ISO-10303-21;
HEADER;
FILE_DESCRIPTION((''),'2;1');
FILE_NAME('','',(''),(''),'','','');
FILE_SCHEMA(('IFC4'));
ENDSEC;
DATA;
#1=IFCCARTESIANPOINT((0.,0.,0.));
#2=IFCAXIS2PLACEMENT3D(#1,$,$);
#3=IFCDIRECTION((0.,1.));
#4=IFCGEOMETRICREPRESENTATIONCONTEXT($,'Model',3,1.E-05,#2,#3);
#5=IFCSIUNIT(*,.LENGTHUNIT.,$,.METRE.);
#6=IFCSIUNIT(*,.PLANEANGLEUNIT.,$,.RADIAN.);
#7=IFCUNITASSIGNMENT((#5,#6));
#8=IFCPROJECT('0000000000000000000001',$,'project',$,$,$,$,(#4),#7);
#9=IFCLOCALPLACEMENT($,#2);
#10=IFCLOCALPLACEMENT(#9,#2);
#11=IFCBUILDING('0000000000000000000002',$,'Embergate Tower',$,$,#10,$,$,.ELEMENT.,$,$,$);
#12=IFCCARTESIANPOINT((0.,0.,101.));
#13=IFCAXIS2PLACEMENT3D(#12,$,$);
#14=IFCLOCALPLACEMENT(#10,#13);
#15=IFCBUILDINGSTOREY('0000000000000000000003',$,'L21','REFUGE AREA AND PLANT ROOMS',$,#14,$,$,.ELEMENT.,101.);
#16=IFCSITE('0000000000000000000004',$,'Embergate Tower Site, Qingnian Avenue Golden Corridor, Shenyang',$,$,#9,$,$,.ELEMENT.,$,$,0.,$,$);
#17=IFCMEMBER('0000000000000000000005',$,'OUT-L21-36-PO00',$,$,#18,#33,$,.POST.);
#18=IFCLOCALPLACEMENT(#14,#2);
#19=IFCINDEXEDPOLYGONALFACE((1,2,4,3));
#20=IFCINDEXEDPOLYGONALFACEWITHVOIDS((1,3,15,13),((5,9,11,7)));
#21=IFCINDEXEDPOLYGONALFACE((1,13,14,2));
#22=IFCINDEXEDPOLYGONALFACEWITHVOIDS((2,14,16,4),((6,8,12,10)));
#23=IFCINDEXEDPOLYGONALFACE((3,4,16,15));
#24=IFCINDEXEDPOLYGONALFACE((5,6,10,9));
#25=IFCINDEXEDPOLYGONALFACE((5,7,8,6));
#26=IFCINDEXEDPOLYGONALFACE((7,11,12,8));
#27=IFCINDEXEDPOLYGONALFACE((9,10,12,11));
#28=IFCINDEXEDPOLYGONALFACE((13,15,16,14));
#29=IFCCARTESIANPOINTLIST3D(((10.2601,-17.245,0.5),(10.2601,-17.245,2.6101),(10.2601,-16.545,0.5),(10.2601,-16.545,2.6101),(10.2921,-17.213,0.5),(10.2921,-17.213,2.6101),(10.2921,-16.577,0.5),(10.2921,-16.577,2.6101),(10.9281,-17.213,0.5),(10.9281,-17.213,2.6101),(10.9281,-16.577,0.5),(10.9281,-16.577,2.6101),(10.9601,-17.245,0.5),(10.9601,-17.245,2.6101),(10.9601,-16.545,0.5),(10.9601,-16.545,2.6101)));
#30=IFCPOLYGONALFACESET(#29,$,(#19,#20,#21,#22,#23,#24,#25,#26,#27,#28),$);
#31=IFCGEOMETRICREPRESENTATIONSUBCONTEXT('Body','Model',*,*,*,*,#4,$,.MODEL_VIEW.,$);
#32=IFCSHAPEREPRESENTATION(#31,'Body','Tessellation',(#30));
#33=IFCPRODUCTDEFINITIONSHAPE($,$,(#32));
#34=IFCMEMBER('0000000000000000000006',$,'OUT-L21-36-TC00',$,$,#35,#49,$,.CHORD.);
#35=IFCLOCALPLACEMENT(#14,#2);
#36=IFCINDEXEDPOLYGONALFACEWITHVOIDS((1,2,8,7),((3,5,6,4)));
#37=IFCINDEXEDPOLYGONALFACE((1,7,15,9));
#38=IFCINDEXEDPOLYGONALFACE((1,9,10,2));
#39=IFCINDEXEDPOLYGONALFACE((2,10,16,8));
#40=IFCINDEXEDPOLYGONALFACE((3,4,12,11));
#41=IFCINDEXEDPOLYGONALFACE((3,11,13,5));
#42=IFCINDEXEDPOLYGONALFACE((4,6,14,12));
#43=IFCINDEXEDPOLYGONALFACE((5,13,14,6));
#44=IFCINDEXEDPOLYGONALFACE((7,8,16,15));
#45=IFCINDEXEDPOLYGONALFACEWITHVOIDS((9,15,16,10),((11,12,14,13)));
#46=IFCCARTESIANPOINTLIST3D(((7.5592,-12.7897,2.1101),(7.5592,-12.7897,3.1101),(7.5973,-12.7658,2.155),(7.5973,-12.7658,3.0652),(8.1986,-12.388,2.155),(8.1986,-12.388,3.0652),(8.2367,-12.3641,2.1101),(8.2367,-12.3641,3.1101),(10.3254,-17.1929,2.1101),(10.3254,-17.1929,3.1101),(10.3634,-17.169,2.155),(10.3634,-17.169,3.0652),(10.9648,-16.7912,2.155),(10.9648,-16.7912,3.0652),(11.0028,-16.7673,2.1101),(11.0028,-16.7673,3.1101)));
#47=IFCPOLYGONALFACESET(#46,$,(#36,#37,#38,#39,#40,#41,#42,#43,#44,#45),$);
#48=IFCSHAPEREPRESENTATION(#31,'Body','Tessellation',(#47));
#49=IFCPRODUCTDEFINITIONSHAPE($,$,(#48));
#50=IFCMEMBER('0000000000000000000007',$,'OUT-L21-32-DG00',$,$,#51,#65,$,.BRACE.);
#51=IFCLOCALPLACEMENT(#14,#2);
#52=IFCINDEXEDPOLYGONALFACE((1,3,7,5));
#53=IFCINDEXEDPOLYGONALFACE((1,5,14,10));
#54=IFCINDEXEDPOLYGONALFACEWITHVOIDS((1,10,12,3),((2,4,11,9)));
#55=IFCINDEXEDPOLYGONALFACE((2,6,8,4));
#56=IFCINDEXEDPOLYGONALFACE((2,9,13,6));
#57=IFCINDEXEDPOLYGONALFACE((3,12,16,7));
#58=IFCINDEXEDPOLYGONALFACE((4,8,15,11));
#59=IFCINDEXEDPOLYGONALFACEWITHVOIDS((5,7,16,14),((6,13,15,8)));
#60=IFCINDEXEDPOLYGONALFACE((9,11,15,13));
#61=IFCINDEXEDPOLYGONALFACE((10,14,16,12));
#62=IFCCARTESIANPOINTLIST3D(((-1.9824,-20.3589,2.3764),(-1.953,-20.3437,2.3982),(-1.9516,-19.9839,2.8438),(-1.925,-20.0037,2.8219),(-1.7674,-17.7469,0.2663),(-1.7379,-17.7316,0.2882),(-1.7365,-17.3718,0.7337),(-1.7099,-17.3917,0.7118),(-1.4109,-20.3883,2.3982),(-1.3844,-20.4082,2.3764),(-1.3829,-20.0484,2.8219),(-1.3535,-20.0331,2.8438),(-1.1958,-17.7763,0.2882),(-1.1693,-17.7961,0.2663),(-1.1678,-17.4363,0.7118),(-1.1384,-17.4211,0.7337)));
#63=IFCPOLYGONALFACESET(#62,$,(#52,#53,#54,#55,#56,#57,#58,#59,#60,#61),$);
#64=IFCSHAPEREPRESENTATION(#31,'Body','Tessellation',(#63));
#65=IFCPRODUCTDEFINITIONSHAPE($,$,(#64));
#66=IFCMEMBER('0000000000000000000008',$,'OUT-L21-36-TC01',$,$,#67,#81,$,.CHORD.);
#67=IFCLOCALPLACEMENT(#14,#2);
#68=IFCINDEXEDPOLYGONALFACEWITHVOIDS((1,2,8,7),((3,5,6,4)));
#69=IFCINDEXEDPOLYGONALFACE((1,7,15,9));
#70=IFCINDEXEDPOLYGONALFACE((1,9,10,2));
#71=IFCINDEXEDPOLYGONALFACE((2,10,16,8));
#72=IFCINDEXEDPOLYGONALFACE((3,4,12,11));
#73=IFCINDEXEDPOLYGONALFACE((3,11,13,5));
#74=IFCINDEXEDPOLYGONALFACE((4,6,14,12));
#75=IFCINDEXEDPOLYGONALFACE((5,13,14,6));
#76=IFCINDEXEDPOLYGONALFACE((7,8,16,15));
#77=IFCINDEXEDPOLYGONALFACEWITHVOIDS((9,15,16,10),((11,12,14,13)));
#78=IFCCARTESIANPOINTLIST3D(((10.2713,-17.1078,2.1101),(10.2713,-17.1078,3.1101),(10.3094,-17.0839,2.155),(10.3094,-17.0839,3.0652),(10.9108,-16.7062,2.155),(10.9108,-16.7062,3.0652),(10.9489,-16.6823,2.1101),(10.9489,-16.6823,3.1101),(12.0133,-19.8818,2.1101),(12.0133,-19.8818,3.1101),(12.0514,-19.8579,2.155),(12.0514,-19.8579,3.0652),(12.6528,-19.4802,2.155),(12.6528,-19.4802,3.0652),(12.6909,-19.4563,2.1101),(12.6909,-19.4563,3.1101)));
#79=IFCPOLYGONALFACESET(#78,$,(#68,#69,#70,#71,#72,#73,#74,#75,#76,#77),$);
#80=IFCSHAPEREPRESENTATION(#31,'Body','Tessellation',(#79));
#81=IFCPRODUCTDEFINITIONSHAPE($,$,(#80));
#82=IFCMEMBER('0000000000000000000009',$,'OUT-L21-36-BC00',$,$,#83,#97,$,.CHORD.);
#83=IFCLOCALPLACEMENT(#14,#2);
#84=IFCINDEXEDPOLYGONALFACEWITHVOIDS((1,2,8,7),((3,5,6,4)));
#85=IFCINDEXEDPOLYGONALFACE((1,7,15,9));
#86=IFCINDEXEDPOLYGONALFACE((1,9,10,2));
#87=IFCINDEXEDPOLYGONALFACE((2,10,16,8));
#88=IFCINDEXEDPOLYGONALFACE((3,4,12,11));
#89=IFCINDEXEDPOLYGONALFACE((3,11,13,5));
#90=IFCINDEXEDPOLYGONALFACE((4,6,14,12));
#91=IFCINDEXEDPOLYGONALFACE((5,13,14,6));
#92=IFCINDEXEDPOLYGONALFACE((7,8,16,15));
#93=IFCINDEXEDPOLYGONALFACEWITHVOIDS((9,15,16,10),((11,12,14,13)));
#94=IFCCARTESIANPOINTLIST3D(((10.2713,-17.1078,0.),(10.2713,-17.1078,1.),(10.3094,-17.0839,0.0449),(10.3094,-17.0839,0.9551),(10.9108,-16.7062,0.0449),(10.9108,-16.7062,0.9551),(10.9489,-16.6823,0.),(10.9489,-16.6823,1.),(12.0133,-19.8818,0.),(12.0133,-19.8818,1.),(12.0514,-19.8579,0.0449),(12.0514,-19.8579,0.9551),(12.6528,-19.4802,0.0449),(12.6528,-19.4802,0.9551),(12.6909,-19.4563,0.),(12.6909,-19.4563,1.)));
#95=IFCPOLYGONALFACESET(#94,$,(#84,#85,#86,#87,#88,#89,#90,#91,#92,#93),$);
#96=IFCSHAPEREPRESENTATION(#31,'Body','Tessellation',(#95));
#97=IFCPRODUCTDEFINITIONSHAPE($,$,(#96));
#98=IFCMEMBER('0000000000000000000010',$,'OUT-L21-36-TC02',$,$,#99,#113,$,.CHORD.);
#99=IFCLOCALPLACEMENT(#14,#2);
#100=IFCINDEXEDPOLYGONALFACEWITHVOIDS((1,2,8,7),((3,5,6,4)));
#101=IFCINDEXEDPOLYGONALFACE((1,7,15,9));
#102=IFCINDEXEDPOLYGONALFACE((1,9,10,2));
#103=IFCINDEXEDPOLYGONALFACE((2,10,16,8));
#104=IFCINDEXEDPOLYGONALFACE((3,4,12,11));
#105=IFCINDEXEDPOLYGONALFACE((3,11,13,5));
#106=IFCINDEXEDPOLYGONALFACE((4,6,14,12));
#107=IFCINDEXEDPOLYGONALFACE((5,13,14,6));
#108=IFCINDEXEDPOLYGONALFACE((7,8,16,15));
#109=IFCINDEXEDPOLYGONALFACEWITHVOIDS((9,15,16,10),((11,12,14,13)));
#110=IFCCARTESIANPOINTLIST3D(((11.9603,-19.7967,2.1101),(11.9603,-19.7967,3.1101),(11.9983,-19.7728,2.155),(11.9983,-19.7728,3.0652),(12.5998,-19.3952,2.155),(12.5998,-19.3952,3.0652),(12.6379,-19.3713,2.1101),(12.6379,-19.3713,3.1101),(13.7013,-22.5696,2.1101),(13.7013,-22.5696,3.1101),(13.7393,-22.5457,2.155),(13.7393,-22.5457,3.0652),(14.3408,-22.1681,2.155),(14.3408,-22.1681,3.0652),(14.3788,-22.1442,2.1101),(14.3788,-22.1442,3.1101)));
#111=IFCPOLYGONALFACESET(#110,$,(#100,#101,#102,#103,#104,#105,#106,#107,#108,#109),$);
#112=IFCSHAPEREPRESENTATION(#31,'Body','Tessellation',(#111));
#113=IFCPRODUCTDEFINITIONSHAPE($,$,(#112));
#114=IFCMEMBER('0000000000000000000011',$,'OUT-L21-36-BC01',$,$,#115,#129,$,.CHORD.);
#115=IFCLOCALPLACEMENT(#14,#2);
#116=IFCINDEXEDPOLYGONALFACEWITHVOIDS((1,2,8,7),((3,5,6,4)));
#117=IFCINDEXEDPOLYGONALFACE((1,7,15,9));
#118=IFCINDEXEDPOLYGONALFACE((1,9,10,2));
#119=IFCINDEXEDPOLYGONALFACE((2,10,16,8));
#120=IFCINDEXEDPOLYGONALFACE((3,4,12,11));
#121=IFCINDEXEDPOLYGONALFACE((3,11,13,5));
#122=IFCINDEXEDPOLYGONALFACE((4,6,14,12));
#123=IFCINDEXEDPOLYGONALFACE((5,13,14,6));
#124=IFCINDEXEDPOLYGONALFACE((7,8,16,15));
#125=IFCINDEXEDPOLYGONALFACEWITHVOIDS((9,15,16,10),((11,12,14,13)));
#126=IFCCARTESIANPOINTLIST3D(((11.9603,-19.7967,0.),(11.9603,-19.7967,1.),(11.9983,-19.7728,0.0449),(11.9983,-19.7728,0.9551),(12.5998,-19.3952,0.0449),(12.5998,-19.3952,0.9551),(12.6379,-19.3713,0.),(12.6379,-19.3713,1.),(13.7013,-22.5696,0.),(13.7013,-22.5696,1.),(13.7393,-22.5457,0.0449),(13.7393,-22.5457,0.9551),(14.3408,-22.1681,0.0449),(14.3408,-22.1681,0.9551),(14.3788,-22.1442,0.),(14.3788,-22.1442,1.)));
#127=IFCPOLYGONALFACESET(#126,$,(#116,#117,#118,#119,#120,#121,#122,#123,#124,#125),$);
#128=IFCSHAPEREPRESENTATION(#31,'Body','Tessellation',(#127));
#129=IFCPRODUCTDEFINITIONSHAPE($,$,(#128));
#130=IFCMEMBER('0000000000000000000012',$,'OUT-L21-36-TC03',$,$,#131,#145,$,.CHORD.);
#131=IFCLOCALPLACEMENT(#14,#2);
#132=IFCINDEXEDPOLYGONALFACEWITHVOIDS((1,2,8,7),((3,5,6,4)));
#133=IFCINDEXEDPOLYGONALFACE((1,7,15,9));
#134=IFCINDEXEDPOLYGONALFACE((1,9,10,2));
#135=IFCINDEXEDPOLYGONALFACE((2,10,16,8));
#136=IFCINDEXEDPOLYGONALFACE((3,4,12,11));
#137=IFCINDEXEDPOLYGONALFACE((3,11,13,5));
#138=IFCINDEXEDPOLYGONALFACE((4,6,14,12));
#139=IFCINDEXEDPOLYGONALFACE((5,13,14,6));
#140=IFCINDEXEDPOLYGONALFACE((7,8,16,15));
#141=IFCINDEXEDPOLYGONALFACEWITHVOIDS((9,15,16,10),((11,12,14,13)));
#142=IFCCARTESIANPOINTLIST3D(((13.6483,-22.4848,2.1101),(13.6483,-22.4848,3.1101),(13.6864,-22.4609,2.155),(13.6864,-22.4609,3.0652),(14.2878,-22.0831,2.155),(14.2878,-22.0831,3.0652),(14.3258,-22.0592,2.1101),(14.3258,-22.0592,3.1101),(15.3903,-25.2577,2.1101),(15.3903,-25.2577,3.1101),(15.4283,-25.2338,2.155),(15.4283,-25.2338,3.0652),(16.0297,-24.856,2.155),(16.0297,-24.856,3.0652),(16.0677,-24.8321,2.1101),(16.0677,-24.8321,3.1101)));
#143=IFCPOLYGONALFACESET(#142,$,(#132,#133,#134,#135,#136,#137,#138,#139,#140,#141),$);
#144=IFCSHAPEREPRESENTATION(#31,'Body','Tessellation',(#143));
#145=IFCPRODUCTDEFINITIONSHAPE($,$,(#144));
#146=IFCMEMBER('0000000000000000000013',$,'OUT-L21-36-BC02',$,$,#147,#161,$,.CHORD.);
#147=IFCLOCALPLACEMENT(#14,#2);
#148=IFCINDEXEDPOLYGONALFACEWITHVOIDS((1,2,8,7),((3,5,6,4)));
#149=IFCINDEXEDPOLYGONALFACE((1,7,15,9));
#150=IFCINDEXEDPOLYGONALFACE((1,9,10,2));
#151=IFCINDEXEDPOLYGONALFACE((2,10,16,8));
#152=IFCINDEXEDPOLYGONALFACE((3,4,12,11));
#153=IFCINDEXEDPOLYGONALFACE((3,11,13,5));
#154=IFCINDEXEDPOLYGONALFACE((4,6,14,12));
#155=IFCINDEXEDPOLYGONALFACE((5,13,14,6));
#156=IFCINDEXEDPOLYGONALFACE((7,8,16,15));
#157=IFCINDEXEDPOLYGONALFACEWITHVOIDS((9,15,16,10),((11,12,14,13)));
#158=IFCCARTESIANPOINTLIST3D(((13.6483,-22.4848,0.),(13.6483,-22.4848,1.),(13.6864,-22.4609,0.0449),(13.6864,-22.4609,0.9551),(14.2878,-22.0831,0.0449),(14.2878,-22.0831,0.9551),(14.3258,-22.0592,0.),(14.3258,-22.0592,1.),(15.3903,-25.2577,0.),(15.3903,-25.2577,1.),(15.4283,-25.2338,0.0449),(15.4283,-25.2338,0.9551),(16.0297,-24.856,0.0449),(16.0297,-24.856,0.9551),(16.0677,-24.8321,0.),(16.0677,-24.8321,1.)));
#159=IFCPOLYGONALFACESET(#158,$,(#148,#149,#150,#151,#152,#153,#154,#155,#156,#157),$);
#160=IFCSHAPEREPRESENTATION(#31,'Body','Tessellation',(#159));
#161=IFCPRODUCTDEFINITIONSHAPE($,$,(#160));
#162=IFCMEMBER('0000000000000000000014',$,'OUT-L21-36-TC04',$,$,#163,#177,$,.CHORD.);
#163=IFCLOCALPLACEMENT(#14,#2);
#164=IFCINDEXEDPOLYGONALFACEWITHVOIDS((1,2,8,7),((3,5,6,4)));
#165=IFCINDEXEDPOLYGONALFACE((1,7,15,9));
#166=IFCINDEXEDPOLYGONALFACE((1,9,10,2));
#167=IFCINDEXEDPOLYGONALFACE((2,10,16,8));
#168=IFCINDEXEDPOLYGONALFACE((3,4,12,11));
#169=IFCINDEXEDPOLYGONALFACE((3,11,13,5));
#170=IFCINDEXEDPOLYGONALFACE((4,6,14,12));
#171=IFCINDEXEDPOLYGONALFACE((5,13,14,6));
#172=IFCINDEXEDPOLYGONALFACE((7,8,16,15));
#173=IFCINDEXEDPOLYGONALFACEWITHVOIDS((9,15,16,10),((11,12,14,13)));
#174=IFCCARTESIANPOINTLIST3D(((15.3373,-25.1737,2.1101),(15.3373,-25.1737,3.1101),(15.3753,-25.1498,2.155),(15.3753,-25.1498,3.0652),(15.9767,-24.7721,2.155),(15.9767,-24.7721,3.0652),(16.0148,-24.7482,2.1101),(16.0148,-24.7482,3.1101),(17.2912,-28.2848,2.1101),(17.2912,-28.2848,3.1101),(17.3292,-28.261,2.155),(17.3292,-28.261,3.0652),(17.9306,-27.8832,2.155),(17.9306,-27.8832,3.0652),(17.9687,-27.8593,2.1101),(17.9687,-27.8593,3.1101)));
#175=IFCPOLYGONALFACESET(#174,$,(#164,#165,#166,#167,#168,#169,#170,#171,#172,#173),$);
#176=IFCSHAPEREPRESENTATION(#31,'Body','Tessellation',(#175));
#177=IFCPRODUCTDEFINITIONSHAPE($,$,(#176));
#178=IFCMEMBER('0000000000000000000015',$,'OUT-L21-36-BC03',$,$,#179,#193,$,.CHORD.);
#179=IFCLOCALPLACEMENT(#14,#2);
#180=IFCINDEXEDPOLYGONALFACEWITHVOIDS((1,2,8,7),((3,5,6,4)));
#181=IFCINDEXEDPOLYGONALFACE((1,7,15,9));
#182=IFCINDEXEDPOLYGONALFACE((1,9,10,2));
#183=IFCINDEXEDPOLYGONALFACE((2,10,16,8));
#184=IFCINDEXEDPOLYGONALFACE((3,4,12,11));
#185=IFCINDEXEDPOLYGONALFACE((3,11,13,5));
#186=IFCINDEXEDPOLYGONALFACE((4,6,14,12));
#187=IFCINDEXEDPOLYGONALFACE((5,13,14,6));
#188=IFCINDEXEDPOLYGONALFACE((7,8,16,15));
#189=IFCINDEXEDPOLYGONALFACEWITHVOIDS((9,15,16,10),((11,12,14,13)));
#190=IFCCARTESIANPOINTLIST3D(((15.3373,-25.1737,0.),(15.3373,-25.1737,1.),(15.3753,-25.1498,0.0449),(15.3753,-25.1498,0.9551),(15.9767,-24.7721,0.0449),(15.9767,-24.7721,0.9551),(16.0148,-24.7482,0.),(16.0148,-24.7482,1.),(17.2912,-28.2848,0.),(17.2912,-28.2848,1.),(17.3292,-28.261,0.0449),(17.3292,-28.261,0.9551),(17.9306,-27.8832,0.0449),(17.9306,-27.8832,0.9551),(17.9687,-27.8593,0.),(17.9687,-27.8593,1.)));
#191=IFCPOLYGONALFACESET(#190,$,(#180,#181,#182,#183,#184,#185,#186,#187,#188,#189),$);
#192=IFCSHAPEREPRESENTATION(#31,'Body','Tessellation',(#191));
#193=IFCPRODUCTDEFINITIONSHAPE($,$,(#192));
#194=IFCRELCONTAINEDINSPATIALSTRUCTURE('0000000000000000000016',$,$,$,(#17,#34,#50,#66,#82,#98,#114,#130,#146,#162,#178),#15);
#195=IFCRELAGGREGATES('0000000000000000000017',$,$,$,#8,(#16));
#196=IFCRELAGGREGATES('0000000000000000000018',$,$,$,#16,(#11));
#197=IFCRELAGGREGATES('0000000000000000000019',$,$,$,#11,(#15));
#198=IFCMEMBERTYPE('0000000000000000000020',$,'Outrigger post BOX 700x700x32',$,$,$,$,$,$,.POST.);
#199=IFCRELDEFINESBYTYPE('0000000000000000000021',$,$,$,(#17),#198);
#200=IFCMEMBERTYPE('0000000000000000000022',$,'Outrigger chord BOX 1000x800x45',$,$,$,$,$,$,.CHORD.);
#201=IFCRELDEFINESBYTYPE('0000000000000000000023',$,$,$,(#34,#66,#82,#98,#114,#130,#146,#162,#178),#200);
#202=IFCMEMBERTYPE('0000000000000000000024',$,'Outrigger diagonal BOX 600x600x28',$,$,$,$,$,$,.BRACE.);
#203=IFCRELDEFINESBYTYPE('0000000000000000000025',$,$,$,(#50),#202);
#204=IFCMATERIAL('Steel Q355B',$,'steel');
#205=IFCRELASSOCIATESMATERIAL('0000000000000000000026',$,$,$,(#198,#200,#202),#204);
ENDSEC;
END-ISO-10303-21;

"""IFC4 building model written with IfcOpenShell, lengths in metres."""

from ifc_helpers import new_model, si_unit, direction, frame, origin, origin_2d, place, context, subcontext, project, spatial, hollow_rectangle, extrude, source, transform, mapped, material, material_profile, profile_set, type_object, element, save


model = new_model("IFC4")

# Units and contexts
model_context = context("Model", 3, precision=1e-05, world=origin(), true_north=direction((0.0, 1.0)))
body_context = subcontext(model_context, "Body", "Model", "MODEL_VIEW")
ifc_project = project(units=[si_unit("LENGTHUNIT", "METRE"), si_unit("PLANEANGLEUNIT", "RADIAN")], contexts=[model_context])

# Site, building, storey
site_placement = place(None, origin())
site = spatial("IfcSite", under=ifc_project, at=site_placement, Name="Embergate Tower Site, Qingnian Avenue Golden Corridor, Shenyang", CompositionType="ELEMENT", RefElevation=0.0)
building_placement = place(site_placement, origin())
building = spatial("IfcBuilding", under=site, at=building_placement, Name="Embergate Tower", CompositionType="ELEMENT")
storey_placement = place(building_placement, frame((0.0, 0.0, 101.0)))
storey = spatial("IfcBuildingStorey", under=building, at=storey_placement, Name="L21", Description="REFUGE AREA AND PLANT ROOMS", CompositionType="ELEMENT", Elevation=101.0)

# Members
ifc_material_1 = material(Name="Steel Q355B", Category="steel")
ifc_material_profile_1 = material_profile(ifc_material_1, hollow_rectangle(XDim=0.7, YDim=0.7, WallThickness=0.032, at=origin_2d()), Name="BOX 700x700x32")
ifc_profile_set_1 = profile_set([ifc_material_profile_1], Name="Steel Q355 grade B")
member_type_1 = type_object("IfcMemberType", Name="Outrigger post BOX 700x700x32", PredefinedType="POST", material=ifc_profile_set_1)
shared_shape_1 = source(origin(), body_context, "Body", "SweptSolid", [
    extrude(hollow_rectangle(XDim=0.7, YDim=0.7, WallThickness=0.032, at=origin_2d()), origin(), (0.0, 0.0, 1.0), 2.1101),
])
member_1_placement = place(storey_placement, frame((10.6101, -16.895, 0.5), z_axis=(0.0, 0.0, 1.0), x_axis=(1.0, 0.0, 0.0)))
element("IfcMember", 1, at=member_1_placement, inside=storey, type_object=member_type_1, Name="OUT-L21-36-PO00", PredefinedType="POST", context=body_context, shape_type="MappedRepresentation", body=[
    mapped(shared_shape_1, transform((0.0, 0.0, 0.0))),
])
ifc_material_profile_2 = material_profile(ifc_material_1, hollow_rectangle(XDim=0.8, YDim=1.0, WallThickness=0.0449, at=origin_2d()), Name="BOX 1000x800x45")
ifc_profile_set_2 = profile_set([ifc_material_profile_2], Name="Steel Q355 grade B")
member_type_2 = type_object("IfcMemberType", Name="Outrigger chord BOX 1000x800x45", PredefinedType="CHORD", material=ifc_profile_set_2)
shared_shape_2 = source(origin(), body_context, "Body", "SweptSolid", [
    extrude(hollow_rectangle(XDim=0.8, YDim=1.0, WallThickness=0.0449, at=origin_2d()), origin(), (0.0, 0.0, 1.0), 5.2),
])
member_2_placement = place(storey_placement, frame((7.8979, -12.5769, 2.6101), z_axis=(0.53196, -0.846769, 0.0), x_axis=(0.846769, 0.53196, 0.0)))
element("IfcMember", 2, at=member_2_placement, inside=storey, type_object=member_type_2, Name="OUT-L21-36-TC00", PredefinedType="CHORD", context=body_context, shape_type="MappedRepresentation", body=[
    mapped(shared_shape_2, transform((0.0, 0.0, 0.0))),
])
ifc_material_profile_3 = material_profile(ifc_material_1, hollow_rectangle(XDim=0.6001, YDim=0.6001, WallThickness=0.0281, at=origin_2d()), Name="BOX 600x600x28")
ifc_profile_set_3 = profile_set([ifc_material_profile_3], Name="Steel Q355 grade B")
member_type_3 = type_object("IfcMemberType", Name="Outrigger diagonal BOX 600x600x28", PredefinedType="BRACE", material=ifc_profile_set_3)
shared_shape_3 = source(origin(), body_context, "Body", "SweptSolid", [
    extrude(hollow_rectangle(XDim=0.6001, YDim=0.6001, WallThickness=0.0281, at=origin_2d()), origin(), (0.0, 0.0, 1.0), 3.3647),
])
member_3_placement = place(storey_placement, frame((-1.4529, -17.584, 0.5), z_axis=(-0.063924, -0.776297, 0.627118), x_axis=(0.996627, -0.082066, 0.0)))
element("IfcMember", 3, at=member_3_placement, inside=storey, type_object=member_type_3, Name="OUT-L21-32-DG00", PredefinedType="BRACE", context=body_context, shape_type="MappedRepresentation", body=[
    mapped(shared_shape_3, transform((0.0, 0.0, 0.0))),
])
shared_shape_4 = source(origin(), body_context, "Body", "SweptSolid", [
    extrude(hollow_rectangle(XDim=0.8, YDim=1.0, WallThickness=0.0449, at=origin_2d()), origin(), (0.0, 0.0, 1.0), 3.2756),
])
for number, where, z_axis, x_axis, name in (
    (4, (10.6101, -16.895, 2.6101), (0.531807, -0.846866, 0.0), (0.846866, 0.531807, 0.0), "OUT-L21-36-TC01"),
    (5, (10.6101, -16.895, 0.5), (0.531807, -0.846866, 0.0), (0.846866, 0.531807, 0.0), "OUT-L21-36-BC00"),
):
    element("IfcMember", number, at=place(storey_placement, frame(where, z_axis=z_axis, x_axis=x_axis)), inside=storey, type_object=member_type_2, Name=name, PredefinedType="CHORD", context=body_context, shape_type="MappedRepresentation", body=[
        mapped(shared_shape_4, transform((0.0, 0.0, 0.0))),
    ])
shared_shape_5 = source(origin(), body_context, "Body", "SweptSolid", [
    extrude(hollow_rectangle(XDim=0.8, YDim=1.0, WallThickness=0.0449, at=origin_2d()), origin(), (0.0, 0.0, 1.0), 3.2742),
])
for number, where, z_axis, x_axis, name in (
    (6, (12.2991, -19.584, 2.6101), (0.531727, -0.846916, 0.0), (0.846916, 0.531727, 0.0), "OUT-L21-36-TC02"),
    (7, (12.2991, -19.584, 0.5), (0.531727, -0.846916, 0.0), (0.846916, 0.531727, 0.0), "OUT-L21-36-BC01"),
):
    element("IfcMember", number, at=place(storey_placement, frame(where, z_axis=z_axis, x_axis=x_axis)), inside=storey, type_object=member_type_2, Name=name, PredefinedType="CHORD", context=body_context, shape_type="MappedRepresentation", body=[
        mapped(shared_shape_5, transform((0.0, 0.0, 0.0))),
    ])
shared_shape_6 = source(origin(), body_context, "Body", "SweptSolid", [
    extrude(hollow_rectangle(XDim=0.8, YDim=1.0, WallThickness=0.0449, at=origin_2d()), origin(), (0.0, 0.0, 1.0), 3.2747),
])
for number, where, z_axis, x_axis, name in (
    (8, (13.9871, -22.272, 2.6101), (0.531941, -0.846781, 0.0), (0.846781, 0.531941, 0.0), "OUT-L21-36-TC03"),
    (9, (13.9871, -22.272, 0.5), (0.531941, -0.846781, 0.0), (0.846781, 0.531941, 0.0), "OUT-L21-36-BC02"),
):
    element("IfcMember", number, at=place(storey_placement, frame(where, z_axis=z_axis, x_axis=x_axis)), inside=storey, type_object=member_type_2, Name=name, PredefinedType="CHORD", context=body_context, shape_type="MappedRepresentation", body=[
        mapped(shared_shape_6, transform((0.0, 0.0, 0.0))),
    ])
shared_shape_7 = source(origin(), body_context, "Body", "SweptSolid", [
    extrude(hollow_rectangle(XDim=0.8, YDim=1.0, WallThickness=0.0449, at=origin_2d()), origin(), (0.0, 0.0, 1.0), 3.6738),
])
for number, where, z_axis, x_axis, name in (
    (10, (15.676, -24.9609, 2.6101), (0.531844, -0.846843, 0.0), (0.846843, 0.531844, 0.0), "OUT-L21-36-TC04"),
    (11, (15.676, -24.9609, 0.5), (0.531844, -0.846843, 0.0), (0.846843, 0.531844, 0.0), "OUT-L21-36-BC03"),
):
    element("IfcMember", number, at=place(storey_placement, frame(where, z_axis=z_axis, x_axis=x_axis)), inside=storey, type_object=member_type_2, Name=name, PredefinedType="CHORD", context=body_context, shape_type="MappedRepresentation", body=[
        mapped(shared_shape_7, transform((0.0, 0.0, 0.0))),
    ])

save(model, "model.ifc")
